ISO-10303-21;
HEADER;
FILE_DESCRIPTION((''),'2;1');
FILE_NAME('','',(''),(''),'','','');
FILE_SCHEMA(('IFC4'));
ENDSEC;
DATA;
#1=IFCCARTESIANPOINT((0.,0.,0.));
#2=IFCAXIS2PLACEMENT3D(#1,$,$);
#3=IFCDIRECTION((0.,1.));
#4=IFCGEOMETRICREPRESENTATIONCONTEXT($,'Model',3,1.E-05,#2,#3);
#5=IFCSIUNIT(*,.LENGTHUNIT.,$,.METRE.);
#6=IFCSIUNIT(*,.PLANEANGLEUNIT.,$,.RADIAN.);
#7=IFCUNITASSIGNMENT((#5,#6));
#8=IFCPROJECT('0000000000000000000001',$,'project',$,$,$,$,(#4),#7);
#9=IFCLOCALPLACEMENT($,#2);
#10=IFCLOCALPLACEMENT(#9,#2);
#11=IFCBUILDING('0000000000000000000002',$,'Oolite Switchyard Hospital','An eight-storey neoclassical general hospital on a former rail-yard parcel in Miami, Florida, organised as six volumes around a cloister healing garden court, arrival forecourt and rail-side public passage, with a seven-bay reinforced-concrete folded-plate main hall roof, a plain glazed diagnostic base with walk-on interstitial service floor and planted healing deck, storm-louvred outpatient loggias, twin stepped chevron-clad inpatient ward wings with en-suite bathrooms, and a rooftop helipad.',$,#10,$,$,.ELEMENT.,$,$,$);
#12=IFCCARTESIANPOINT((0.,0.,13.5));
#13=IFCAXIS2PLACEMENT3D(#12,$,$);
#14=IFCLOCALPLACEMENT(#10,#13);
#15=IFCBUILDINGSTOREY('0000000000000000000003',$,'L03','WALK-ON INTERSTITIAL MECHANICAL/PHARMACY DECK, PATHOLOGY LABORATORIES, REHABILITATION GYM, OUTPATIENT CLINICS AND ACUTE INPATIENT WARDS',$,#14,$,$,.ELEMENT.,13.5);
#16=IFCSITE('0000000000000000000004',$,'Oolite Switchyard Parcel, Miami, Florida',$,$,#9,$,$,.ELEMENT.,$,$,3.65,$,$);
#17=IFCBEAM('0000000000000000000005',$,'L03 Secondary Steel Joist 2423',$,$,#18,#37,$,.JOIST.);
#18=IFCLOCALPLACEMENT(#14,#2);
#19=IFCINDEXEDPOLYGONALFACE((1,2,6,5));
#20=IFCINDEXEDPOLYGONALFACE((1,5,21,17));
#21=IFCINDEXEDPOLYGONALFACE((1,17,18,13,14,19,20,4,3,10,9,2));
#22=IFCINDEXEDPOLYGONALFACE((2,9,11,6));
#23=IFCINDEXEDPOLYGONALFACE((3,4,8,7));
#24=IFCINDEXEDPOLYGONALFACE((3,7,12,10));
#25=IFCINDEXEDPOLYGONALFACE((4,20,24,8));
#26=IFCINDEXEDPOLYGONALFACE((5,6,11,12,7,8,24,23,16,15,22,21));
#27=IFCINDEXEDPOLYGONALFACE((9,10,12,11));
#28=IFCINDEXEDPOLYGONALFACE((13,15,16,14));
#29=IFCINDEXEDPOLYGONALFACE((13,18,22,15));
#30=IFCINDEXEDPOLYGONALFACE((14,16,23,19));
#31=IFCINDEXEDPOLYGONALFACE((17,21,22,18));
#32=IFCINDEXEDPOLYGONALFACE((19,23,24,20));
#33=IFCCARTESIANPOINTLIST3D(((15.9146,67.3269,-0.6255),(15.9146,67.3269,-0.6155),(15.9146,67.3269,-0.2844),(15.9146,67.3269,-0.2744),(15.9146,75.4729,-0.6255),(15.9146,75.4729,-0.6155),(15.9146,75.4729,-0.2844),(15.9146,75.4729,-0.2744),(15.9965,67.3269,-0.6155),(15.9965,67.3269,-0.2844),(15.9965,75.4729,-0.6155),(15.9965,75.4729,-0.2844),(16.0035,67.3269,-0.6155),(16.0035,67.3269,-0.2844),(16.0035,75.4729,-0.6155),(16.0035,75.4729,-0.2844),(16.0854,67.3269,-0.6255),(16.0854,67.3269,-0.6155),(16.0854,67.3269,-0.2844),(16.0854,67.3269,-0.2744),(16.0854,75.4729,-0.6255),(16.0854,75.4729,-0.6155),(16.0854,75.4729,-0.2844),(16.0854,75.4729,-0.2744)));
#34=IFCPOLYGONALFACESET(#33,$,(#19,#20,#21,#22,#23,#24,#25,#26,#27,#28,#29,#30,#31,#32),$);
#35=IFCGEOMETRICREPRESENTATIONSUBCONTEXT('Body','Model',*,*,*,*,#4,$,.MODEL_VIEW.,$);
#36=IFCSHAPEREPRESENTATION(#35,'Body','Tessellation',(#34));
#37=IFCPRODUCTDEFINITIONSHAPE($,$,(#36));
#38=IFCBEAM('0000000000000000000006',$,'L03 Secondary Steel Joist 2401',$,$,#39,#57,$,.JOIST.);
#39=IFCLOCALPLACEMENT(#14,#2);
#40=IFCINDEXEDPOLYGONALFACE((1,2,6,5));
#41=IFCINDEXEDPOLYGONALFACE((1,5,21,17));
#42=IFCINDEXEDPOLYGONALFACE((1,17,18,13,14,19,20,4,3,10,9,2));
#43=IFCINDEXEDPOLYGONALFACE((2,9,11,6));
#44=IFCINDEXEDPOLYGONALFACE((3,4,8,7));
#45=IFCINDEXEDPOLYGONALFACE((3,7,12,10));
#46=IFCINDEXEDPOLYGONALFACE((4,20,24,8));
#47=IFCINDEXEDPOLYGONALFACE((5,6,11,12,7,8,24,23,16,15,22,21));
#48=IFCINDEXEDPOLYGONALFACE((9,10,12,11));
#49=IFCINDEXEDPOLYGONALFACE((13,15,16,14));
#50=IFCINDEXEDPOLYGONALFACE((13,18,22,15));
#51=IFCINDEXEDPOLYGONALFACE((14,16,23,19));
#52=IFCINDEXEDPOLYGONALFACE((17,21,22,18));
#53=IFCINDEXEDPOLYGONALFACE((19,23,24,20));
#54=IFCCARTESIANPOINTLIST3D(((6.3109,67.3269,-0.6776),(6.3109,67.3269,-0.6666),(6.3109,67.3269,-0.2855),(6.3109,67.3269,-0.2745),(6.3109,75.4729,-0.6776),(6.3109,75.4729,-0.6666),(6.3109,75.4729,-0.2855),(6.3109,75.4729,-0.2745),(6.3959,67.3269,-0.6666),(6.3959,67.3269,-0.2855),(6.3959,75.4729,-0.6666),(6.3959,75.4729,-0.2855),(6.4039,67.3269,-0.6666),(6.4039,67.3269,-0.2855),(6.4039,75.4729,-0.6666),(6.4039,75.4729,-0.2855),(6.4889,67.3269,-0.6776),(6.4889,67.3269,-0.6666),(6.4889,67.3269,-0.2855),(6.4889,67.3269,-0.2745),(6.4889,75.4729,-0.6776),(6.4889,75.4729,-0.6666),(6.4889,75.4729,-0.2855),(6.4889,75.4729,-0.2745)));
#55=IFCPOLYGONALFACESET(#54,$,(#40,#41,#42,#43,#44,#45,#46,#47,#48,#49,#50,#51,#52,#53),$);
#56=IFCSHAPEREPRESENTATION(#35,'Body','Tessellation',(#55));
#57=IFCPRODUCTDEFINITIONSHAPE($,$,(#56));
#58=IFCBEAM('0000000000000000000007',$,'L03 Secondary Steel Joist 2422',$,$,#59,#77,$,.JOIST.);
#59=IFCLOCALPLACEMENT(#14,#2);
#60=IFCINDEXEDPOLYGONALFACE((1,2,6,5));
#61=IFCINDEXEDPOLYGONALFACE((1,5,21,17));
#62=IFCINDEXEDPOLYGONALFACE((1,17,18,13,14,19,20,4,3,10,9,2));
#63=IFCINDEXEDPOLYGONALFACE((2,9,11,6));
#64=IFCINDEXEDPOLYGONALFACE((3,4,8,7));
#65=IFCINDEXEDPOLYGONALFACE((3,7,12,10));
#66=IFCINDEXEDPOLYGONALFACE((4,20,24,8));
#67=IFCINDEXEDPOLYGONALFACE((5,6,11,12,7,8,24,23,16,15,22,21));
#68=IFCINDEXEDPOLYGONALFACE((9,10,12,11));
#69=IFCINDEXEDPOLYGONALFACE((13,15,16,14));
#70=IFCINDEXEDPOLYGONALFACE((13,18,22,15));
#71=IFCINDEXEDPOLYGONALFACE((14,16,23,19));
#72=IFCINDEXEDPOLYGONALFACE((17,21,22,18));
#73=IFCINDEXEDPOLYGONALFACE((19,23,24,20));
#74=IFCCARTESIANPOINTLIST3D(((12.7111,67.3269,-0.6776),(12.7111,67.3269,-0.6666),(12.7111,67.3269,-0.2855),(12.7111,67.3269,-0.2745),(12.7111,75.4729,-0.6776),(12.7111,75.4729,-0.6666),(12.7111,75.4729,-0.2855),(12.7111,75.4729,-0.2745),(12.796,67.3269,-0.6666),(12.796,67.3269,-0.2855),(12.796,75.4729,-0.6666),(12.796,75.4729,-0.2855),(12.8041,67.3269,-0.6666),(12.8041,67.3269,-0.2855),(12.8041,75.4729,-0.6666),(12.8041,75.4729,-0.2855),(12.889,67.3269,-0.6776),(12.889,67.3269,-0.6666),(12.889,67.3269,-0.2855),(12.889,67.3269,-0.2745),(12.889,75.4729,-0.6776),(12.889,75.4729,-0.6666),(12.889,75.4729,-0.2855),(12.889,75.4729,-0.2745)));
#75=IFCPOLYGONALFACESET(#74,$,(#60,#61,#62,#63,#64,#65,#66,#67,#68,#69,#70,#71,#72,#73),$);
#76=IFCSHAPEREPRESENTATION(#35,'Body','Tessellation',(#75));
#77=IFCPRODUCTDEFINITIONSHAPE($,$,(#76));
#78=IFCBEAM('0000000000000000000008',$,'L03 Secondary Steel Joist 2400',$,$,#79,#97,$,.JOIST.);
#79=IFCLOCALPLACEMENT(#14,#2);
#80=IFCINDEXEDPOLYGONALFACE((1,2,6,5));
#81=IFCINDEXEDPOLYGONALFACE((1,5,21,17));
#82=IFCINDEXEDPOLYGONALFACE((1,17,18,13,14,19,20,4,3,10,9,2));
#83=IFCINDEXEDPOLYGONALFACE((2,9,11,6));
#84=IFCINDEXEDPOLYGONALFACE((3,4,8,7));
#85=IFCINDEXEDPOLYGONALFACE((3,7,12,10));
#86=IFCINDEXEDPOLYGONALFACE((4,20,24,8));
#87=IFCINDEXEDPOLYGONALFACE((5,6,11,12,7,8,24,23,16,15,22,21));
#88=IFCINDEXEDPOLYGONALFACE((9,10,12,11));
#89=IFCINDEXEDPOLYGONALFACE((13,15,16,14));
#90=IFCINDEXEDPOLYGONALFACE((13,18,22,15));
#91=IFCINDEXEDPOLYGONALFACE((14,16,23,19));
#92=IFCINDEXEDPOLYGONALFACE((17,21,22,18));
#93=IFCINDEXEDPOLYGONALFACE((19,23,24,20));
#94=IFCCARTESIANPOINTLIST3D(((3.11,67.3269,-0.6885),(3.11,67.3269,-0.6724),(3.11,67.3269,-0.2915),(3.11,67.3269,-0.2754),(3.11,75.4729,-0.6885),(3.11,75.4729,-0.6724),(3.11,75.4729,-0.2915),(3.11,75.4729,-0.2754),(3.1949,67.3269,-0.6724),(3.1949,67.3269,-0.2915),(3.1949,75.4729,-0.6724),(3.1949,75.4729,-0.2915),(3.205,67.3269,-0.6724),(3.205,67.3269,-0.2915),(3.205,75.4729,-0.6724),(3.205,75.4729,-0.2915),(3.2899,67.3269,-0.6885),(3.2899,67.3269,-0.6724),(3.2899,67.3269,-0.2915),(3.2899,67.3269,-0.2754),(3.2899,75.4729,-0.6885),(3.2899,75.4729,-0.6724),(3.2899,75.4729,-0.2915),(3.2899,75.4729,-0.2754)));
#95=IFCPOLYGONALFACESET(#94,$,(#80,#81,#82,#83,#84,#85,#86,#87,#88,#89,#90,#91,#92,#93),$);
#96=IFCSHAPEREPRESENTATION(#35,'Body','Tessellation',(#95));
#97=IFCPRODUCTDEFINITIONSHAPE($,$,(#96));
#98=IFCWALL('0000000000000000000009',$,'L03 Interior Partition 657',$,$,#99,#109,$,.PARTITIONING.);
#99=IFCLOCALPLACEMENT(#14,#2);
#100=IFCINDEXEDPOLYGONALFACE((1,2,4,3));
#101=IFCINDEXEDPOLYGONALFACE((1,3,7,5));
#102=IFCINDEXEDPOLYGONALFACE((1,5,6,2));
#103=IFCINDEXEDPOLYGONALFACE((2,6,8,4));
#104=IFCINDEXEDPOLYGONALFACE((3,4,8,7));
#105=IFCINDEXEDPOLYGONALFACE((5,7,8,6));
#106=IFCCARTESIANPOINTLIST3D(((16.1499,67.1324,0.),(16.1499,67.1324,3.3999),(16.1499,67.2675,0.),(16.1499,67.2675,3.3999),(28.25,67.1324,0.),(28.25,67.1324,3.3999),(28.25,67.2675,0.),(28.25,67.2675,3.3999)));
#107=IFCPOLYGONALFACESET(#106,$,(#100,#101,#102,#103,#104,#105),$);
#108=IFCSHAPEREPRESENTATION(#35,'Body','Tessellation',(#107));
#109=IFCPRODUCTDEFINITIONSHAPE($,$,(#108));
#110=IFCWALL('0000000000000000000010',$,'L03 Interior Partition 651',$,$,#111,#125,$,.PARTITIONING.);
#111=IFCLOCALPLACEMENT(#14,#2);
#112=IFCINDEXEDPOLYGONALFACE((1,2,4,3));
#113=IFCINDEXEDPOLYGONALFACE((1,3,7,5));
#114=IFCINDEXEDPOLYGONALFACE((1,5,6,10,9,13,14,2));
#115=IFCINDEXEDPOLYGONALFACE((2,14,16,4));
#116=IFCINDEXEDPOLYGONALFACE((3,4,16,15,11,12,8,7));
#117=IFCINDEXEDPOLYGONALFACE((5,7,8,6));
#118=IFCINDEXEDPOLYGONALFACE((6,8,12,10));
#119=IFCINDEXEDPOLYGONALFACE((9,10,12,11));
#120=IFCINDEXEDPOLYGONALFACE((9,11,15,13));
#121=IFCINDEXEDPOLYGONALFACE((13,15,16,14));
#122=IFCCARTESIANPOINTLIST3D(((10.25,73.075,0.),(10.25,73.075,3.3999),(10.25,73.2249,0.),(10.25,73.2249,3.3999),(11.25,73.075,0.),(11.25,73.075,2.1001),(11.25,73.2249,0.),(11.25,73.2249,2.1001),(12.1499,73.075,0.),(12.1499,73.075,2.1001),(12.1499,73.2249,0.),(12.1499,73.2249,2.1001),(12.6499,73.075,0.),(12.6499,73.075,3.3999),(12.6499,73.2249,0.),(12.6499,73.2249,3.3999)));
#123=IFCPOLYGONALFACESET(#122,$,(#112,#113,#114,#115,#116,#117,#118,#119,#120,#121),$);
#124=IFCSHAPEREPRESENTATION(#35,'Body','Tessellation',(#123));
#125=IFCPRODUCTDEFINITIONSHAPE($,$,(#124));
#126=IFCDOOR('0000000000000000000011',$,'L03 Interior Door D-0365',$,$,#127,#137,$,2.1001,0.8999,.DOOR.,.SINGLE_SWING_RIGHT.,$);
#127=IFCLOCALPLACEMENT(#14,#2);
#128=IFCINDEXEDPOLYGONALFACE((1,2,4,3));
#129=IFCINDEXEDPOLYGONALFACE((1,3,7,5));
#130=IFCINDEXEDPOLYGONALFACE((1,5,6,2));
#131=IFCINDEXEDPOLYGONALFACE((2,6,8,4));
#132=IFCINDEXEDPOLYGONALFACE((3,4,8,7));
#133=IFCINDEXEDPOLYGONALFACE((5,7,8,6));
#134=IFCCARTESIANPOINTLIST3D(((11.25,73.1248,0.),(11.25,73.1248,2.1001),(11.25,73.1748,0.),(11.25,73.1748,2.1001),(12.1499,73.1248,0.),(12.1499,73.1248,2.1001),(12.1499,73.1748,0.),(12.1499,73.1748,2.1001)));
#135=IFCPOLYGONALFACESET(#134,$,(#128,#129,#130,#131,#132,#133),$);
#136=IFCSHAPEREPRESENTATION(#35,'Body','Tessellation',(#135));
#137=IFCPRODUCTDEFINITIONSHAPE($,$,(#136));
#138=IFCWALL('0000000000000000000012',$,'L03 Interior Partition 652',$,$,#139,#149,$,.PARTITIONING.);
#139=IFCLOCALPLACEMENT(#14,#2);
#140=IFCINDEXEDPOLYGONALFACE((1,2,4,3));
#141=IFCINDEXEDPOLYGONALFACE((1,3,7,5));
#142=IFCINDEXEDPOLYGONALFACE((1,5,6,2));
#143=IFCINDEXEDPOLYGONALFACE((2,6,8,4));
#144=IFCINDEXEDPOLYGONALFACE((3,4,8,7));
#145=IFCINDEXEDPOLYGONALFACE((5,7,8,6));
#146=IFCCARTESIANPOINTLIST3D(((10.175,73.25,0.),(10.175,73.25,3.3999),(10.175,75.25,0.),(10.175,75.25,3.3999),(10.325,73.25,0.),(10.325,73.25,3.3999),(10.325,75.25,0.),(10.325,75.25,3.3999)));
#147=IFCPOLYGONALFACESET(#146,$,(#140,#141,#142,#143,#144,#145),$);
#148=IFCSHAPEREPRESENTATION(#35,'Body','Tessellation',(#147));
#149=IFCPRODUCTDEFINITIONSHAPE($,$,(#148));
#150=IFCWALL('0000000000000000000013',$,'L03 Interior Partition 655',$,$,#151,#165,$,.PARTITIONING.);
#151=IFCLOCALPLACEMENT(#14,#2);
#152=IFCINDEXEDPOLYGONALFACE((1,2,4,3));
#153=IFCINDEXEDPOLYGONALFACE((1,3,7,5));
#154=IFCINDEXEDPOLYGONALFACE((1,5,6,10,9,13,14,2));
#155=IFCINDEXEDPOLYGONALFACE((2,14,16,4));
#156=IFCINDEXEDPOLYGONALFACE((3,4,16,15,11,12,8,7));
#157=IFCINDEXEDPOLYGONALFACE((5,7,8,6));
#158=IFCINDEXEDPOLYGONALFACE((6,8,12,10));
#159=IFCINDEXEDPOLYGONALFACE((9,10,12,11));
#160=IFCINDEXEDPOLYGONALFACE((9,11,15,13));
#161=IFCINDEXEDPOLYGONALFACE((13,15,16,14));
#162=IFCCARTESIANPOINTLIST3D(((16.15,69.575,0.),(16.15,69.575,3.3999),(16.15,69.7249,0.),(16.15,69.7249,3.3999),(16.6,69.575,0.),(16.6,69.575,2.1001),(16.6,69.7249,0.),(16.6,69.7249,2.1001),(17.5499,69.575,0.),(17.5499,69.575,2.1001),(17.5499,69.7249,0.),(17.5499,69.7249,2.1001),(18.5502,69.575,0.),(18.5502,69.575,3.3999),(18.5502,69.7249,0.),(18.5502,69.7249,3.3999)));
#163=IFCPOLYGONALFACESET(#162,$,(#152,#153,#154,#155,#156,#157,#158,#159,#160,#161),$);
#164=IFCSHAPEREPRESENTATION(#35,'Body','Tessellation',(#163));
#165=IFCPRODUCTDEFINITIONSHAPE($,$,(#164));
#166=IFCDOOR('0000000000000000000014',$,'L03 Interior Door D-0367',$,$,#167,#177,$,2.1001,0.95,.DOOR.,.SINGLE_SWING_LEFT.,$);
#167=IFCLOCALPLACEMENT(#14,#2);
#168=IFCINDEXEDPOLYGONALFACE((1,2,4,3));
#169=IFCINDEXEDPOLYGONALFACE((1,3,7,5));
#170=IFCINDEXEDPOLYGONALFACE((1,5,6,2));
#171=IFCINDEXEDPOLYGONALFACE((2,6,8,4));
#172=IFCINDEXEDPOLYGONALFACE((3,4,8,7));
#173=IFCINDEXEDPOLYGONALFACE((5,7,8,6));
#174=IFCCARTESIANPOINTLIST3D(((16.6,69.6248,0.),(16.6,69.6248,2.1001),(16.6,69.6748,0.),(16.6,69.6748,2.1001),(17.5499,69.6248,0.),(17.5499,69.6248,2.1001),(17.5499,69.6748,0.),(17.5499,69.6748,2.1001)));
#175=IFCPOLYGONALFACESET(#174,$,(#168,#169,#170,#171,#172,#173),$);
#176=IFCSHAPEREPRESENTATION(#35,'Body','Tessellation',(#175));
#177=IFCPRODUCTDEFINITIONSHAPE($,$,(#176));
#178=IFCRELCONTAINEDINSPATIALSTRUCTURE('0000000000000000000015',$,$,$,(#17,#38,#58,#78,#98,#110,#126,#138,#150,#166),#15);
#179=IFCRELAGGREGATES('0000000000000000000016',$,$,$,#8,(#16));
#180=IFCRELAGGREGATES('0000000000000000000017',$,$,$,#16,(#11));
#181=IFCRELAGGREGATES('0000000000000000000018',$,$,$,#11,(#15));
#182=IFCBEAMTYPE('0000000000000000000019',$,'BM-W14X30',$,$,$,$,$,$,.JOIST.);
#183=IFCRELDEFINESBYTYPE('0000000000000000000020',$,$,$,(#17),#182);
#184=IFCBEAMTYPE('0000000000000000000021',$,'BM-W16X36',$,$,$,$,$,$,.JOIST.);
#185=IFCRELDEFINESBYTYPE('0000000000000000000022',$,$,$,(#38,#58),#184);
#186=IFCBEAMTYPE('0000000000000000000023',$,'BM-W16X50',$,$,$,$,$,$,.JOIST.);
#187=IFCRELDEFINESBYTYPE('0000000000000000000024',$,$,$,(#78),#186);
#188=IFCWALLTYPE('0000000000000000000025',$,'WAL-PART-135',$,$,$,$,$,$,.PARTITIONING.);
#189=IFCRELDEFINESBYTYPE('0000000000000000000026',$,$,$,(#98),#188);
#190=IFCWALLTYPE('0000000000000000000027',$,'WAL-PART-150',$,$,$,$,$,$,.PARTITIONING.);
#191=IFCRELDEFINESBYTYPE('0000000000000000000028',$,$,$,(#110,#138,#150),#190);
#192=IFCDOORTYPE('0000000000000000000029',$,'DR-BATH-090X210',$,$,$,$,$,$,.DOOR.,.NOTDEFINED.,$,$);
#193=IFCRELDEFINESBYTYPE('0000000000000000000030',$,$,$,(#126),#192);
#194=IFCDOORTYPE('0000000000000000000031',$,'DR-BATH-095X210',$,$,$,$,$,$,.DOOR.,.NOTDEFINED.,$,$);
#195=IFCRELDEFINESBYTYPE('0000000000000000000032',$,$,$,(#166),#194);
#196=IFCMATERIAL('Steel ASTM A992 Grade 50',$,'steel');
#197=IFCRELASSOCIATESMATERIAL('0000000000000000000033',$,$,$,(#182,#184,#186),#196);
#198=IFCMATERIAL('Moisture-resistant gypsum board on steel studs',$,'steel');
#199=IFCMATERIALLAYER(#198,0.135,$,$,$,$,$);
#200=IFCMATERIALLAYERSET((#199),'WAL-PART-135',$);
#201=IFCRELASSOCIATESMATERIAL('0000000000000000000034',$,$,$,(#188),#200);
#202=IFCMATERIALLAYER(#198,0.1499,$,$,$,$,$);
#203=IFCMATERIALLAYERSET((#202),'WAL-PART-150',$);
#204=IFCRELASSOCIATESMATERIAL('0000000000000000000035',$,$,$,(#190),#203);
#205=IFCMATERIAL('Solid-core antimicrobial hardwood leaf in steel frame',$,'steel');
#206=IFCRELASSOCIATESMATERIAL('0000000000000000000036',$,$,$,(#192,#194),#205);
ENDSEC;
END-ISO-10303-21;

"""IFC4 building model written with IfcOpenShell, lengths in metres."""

from ifc_helpers import new_model, si_unit, direction, frame, frame_2d, origin, origin_2d, place, context, subcontext, project, spatial, rectangle, i_section, extrude, material, layer, layer_set, material_profile, profile_set, type_object, element, fill, save


model = new_model("IFC4")

# Units and contexts
model_context = context("Model", 3, precision=1e-05, world=origin(), true_north=direction((0.0, 1.0)))
body_context = subcontext(model_context, "Body", "Model", "MODEL_VIEW")
ifc_project = project(units=[si_unit("LENGTHUNIT", "METRE"), si_unit("PLANEANGLEUNIT", "RADIAN")], contexts=[model_context])

# Site, building, storey
site_placement = place(None, origin())
site = spatial("IfcSite", under=ifc_project, at=site_placement, Name="Oolite Switchyard Parcel, Miami, Florida", CompositionType="ELEMENT", RefElevation=3.65)
building_placement = place(site_placement, origin())
building = spatial("IfcBuilding", under=site, at=building_placement, Name="Oolite Switchyard Hospital", Description="An eight-storey neoclassical general hospital on a former rail-yard parcel in Miami, Florida, organised as six volumes around a cloister healing garden court, arrival forecourt and rail-side public passage, with a seven-bay reinforced-concrete folded-plate main hall roof, a plain glazed diagnostic base with walk-on interstitial service floor and planted healing deck, storm-louvred outpatient loggias, twin stepped chevron-clad inpatient ward wings with en-suite bathrooms, and a rooftop helipad.", CompositionType="ELEMENT")
storey_placement = place(building_placement, frame((0.0, 0.0, 13.5)))
storey = spatial("IfcBuildingStorey", under=building, at=storey_placement, Name="L03", Description="WALK-ON INTERSTITIAL MECHANICAL/PHARMACY DECK, PATHOLOGY LABORATORIES, REHABILITATION GYM, OUTPATIENT CLINICS AND ACUTE INPATIENT WARDS", CompositionType="ELEMENT", Elevation=13.5)

# Beams
ifc_material_1 = material(Name="Steel ASTM A992 Grade 50", Category="steel")
ifc_material_profile_1 = material_profile(ifc_material_1, i_section(OverallWidth=0.1709, OverallDepth=0.3511, WebThickness=0.0071, FlangeThickness=0.01, at=origin_2d()), Name="W14X30")
ifc_profile_set_1 = profile_set([ifc_material_profile_1], Name="Steel ASTM A992 Grade 50")
beam_type_1 = type_object("IfcBeamType", Name="BM-W14X30", PredefinedType="JOIST", material=ifc_profile_set_1)
beam_1_placement = place(storey_placement, frame((16.0, 67.3269, -0.45), z_axis=(0.0, 1.0, 0.0), x_axis=(-1.0, 0.0, 0.0)))
element("IfcBeam", 1, at=beam_1_placement, inside=storey, type_object=beam_type_1, Name="L03 Secondary Steel Joist 2423", PredefinedType="JOIST", context=body_context, shape_type="SweptSolid", body=[
    extrude(i_section(OverallWidth=0.1709, OverallDepth=0.3511, WebThickness=0.0071, FlangeThickness=0.01, at=origin_2d()), origin(), (0.0, 0.0, 1.0), 8.146),
])
ifc_material_profile_2 = material_profile(ifc_material_1, i_section(OverallWidth=0.178, OverallDepth=0.4031, WebThickness=0.0081, FlangeThickness=0.011, at=origin_2d()), Name="W16X36")
ifc_profile_set_2 = profile_set([ifc_material_profile_2], Name="Steel ASTM A992 Grade 50")
beam_type_2 = type_object("IfcBeamType", Name="BM-W16X36", PredefinedType="JOIST", material=ifc_profile_set_2)
for number, where, z_axis, x_axis, name in (
    (2, (6.3999, 67.3269, -0.4761), (0.0, 1.0, 0.0), (-1.0, 0.0, 0.0), "L03 Secondary Steel Joist 2401"),
    (3, (12.8, 67.3269, -0.4761), (0.0, 1.0, 0.0), (-1.0, 0.0, 0.0), "L03 Secondary Steel Joist 2422"),
):
    element("IfcBeam", number, at=place(storey_placement, frame(where, z_axis=z_axis, x_axis=x_axis)), inside=storey, type_object=beam_type_2, Name=name, PredefinedType="JOIST", context=body_context, shape_type="SweptSolid", body=[
        extrude(i_section(OverallWidth=0.178, OverallDepth=0.4031, WebThickness=0.0081, FlangeThickness=0.011, at=origin_2d()), origin(), (0.0, 0.0, 1.0), 8.146),
    ])
ifc_material_profile_3 = material_profile(ifc_material_1, i_section(OverallWidth=0.1799, OverallDepth=0.4131, WebThickness=0.01, FlangeThickness=0.0161, at=origin_2d()), Name="W16X50")
ifc_profile_set_3 = profile_set([ifc_material_profile_3], Name="Steel ASTM A992 Grade 50")
beam_type_3 = type_object("IfcBeamType", Name="BM-W16X50", PredefinedType="JOIST", material=ifc_profile_set_3)
beam_2_placement = place(storey_placement, frame((3.2, 67.3269, -0.4819), z_axis=(0.0, 1.0, 0.0), x_axis=(-1.0, 0.0, 0.0)))
element("IfcBeam", 4, at=beam_2_placement, inside=storey, type_object=beam_type_3, Name="L03 Secondary Steel Joist 2400", PredefinedType="JOIST", context=body_context, shape_type="SweptSolid", body=[
    extrude(i_section(OverallWidth=0.1799, OverallDepth=0.4131, WebThickness=0.01, FlangeThickness=0.0161, at=origin_2d()), origin(), (0.0, 0.0, 1.0), 8.146),
])

# Wall
ifc_material_2 = material(Name="Moisture-resistant gypsum board on steel studs", Category="steel")
ifc_layer_1 = layer(ifc_material_2, 0.135)
ifc_layer_set_1 = layer_set([ifc_layer_1], Name="WAL-PART-135")
wall_type_1 = type_object("IfcWallType", Name="WAL-PART-135", PredefinedType="PARTITIONING", material=ifc_layer_set_1)
wall_1_placement = place(storey_placement, frame((16.1499, 67.2, 0.0), z_axis=(0.0, 0.0, 1.0), x_axis=(1.0, 0.0, 0.0)))
element("IfcWall", 5, at=wall_1_placement, inside=storey, type_object=wall_type_1, Name="L03 Interior Partition 657", PredefinedType="PARTITIONING", context=body_context, shape_type="SweptSolid", body=[
    extrude(rectangle(XDim=12.1001, YDim=0.135, at=frame_2d((6.05, 0.0))), origin(), (0.0, 0.0, 1.0), 3.3999),
])

# Wall, opening, door
ifc_layer_2 = layer(ifc_material_2, 0.1499)
ifc_layer_set_2 = layer_set([ifc_layer_2], Name="WAL-PART-150")
wall_type_2 = type_object("IfcWallType", Name="WAL-PART-150", PredefinedType="PARTITIONING", material=ifc_layer_set_2)
wall_2_placement = place(storey_placement, frame((10.25, 73.1499, 0.0), z_axis=(0.0, 0.0, 1.0), x_axis=(1.0, 0.0, 0.0)))
wall_2 = element("IfcWall", 6, at=wall_2_placement, inside=storey, type_object=wall_type_2, Name="L03 Interior Partition 651", PredefinedType="PARTITIONING", context=body_context, shape_type="SweptSolid", body=[
    extrude(rectangle(XDim=2.3999, YDim=0.1499, at=frame_2d((1.2, 0.0))), origin(), (0.0, 0.0, 1.0), 3.3999),
])
opening_1_placement = place(wall_2_placement, frame((1.0, 0.0, 0.0)))
opening_1 = element("IfcOpeningElement", 7, at=opening_1_placement, cuts=wall_2, PredefinedType="OPENING", context=body_context, shape_type="SweptSolid", body=[
    extrude(rectangle(XDim=0.8999, YDim=2.1001, at=frame_2d((0.45, 1.05))), frame((0.0, 0.085, 0.0), z_axis=(0.0, -1.0, 0.0), x_axis=(1.0, 0.0, 0.0)), (0.0, 0.0, 1.0), 0.1699),
])
ifc_material_3 = material(Name="Solid-core antimicrobial hardwood leaf in steel frame", Category="steel")
door_type_1 = type_object("IfcDoorType", Name="DR-BATH-090X210", OperationType="NOTDEFINED", PredefinedType="DOOR", material=ifc_material_3)
door_1_placement = place(opening_1_placement, origin())
door_1 = element("IfcDoor", 8, at=door_1_placement, inside=storey, type_object=door_type_1, Name="L03 Interior Door D-0365", OperationType="SINGLE_SWING_RIGHT", OverallHeight=2.1001, OverallWidth=0.8999, PredefinedType="DOOR", context=body_context, shape_type="SweptSolid", body=[
    extrude(rectangle(XDim=0.8999, YDim=2.1001, at=frame_2d((0.45, 1.05))), frame((0.0, 0.0249, 0.0), z_axis=(0.0, -1.0, 0.0), x_axis=(1.0, 0.0, 0.0)), (0.0, 0.0, 1.0), 0.05),
])
fill(opening_1, door_1)

# Wall
wall_3_placement = place(storey_placement, frame((10.25, 73.25, 0.0), z_axis=(0.0, 0.0, 1.0), x_axis=(0.0, 1.0, 0.0)))
element("IfcWall", 9, at=wall_3_placement, inside=storey, type_object=wall_type_2, Name="L03 Interior Partition 652", PredefinedType="PARTITIONING", context=body_context, shape_type="SweptSolid", body=[
    extrude(rectangle(XDim=2.0, YDim=0.1499, at=frame_2d((1.0, 0.0))), origin(), (0.0, 0.0, 1.0), 3.3999),
])

# Wall, opening, door
wall_4_placement = place(storey_placement, frame((16.1499, 69.6499, 0.0), z_axis=(0.0, 0.0, 1.0), x_axis=(1.0, 0.0, 0.0)))
wall_4 = element("IfcWall", 10, at=wall_4_placement, inside=storey, type_object=wall_type_2, Name="L03 Interior Partition 655", PredefinedType="PARTITIONING", context=body_context, shape_type="SweptSolid", body=[
    extrude(rectangle(XDim=2.4001, YDim=0.1499, at=frame_2d((1.2002, 0.0))), origin(), (0.0, 0.0, 1.0), 3.3999),
])
opening_2_placement = place(wall_4_placement, frame((0.45, 0.0, 0.0)))
opening_2 = element("IfcOpeningElement", 11, at=opening_2_placement, cuts=wall_4, PredefinedType="OPENING", context=body_context, shape_type="SweptSolid", body=[
    extrude(rectangle(XDim=0.95, YDim=2.1001, at=frame_2d((0.4751, 1.05))), frame((0.0, 0.085, 0.0), z_axis=(0.0, -1.0, 0.0), x_axis=(1.0, 0.0, 0.0)), (0.0, 0.0, 1.0), 0.1699),
])
door_type_2 = type_object("IfcDoorType", Name="DR-BATH-095X210", OperationType="NOTDEFINED", PredefinedType="DOOR", material=ifc_material_3)
door_2_placement = place(opening_2_placement, origin())
door_2 = element("IfcDoor", 12, at=door_2_placement, inside=storey, type_object=door_type_2, Name="L03 Interior Door D-0367", OperationType="SINGLE_SWING_LEFT", OverallHeight=2.1001, OverallWidth=0.95, PredefinedType="DOOR", context=body_context, shape_type="SweptSolid", body=[
    extrude(rectangle(XDim=0.95, YDim=2.1001, at=frame_2d((0.4751, 1.05))), frame((0.0, 0.0249, 0.0), z_axis=(0.0, -1.0, 0.0), x_axis=(1.0, 0.0, 0.0)), (0.0, 0.0, 1.0), 0.05),
])
fill(opening_2, door_2)

save(model, "model.ifc")
